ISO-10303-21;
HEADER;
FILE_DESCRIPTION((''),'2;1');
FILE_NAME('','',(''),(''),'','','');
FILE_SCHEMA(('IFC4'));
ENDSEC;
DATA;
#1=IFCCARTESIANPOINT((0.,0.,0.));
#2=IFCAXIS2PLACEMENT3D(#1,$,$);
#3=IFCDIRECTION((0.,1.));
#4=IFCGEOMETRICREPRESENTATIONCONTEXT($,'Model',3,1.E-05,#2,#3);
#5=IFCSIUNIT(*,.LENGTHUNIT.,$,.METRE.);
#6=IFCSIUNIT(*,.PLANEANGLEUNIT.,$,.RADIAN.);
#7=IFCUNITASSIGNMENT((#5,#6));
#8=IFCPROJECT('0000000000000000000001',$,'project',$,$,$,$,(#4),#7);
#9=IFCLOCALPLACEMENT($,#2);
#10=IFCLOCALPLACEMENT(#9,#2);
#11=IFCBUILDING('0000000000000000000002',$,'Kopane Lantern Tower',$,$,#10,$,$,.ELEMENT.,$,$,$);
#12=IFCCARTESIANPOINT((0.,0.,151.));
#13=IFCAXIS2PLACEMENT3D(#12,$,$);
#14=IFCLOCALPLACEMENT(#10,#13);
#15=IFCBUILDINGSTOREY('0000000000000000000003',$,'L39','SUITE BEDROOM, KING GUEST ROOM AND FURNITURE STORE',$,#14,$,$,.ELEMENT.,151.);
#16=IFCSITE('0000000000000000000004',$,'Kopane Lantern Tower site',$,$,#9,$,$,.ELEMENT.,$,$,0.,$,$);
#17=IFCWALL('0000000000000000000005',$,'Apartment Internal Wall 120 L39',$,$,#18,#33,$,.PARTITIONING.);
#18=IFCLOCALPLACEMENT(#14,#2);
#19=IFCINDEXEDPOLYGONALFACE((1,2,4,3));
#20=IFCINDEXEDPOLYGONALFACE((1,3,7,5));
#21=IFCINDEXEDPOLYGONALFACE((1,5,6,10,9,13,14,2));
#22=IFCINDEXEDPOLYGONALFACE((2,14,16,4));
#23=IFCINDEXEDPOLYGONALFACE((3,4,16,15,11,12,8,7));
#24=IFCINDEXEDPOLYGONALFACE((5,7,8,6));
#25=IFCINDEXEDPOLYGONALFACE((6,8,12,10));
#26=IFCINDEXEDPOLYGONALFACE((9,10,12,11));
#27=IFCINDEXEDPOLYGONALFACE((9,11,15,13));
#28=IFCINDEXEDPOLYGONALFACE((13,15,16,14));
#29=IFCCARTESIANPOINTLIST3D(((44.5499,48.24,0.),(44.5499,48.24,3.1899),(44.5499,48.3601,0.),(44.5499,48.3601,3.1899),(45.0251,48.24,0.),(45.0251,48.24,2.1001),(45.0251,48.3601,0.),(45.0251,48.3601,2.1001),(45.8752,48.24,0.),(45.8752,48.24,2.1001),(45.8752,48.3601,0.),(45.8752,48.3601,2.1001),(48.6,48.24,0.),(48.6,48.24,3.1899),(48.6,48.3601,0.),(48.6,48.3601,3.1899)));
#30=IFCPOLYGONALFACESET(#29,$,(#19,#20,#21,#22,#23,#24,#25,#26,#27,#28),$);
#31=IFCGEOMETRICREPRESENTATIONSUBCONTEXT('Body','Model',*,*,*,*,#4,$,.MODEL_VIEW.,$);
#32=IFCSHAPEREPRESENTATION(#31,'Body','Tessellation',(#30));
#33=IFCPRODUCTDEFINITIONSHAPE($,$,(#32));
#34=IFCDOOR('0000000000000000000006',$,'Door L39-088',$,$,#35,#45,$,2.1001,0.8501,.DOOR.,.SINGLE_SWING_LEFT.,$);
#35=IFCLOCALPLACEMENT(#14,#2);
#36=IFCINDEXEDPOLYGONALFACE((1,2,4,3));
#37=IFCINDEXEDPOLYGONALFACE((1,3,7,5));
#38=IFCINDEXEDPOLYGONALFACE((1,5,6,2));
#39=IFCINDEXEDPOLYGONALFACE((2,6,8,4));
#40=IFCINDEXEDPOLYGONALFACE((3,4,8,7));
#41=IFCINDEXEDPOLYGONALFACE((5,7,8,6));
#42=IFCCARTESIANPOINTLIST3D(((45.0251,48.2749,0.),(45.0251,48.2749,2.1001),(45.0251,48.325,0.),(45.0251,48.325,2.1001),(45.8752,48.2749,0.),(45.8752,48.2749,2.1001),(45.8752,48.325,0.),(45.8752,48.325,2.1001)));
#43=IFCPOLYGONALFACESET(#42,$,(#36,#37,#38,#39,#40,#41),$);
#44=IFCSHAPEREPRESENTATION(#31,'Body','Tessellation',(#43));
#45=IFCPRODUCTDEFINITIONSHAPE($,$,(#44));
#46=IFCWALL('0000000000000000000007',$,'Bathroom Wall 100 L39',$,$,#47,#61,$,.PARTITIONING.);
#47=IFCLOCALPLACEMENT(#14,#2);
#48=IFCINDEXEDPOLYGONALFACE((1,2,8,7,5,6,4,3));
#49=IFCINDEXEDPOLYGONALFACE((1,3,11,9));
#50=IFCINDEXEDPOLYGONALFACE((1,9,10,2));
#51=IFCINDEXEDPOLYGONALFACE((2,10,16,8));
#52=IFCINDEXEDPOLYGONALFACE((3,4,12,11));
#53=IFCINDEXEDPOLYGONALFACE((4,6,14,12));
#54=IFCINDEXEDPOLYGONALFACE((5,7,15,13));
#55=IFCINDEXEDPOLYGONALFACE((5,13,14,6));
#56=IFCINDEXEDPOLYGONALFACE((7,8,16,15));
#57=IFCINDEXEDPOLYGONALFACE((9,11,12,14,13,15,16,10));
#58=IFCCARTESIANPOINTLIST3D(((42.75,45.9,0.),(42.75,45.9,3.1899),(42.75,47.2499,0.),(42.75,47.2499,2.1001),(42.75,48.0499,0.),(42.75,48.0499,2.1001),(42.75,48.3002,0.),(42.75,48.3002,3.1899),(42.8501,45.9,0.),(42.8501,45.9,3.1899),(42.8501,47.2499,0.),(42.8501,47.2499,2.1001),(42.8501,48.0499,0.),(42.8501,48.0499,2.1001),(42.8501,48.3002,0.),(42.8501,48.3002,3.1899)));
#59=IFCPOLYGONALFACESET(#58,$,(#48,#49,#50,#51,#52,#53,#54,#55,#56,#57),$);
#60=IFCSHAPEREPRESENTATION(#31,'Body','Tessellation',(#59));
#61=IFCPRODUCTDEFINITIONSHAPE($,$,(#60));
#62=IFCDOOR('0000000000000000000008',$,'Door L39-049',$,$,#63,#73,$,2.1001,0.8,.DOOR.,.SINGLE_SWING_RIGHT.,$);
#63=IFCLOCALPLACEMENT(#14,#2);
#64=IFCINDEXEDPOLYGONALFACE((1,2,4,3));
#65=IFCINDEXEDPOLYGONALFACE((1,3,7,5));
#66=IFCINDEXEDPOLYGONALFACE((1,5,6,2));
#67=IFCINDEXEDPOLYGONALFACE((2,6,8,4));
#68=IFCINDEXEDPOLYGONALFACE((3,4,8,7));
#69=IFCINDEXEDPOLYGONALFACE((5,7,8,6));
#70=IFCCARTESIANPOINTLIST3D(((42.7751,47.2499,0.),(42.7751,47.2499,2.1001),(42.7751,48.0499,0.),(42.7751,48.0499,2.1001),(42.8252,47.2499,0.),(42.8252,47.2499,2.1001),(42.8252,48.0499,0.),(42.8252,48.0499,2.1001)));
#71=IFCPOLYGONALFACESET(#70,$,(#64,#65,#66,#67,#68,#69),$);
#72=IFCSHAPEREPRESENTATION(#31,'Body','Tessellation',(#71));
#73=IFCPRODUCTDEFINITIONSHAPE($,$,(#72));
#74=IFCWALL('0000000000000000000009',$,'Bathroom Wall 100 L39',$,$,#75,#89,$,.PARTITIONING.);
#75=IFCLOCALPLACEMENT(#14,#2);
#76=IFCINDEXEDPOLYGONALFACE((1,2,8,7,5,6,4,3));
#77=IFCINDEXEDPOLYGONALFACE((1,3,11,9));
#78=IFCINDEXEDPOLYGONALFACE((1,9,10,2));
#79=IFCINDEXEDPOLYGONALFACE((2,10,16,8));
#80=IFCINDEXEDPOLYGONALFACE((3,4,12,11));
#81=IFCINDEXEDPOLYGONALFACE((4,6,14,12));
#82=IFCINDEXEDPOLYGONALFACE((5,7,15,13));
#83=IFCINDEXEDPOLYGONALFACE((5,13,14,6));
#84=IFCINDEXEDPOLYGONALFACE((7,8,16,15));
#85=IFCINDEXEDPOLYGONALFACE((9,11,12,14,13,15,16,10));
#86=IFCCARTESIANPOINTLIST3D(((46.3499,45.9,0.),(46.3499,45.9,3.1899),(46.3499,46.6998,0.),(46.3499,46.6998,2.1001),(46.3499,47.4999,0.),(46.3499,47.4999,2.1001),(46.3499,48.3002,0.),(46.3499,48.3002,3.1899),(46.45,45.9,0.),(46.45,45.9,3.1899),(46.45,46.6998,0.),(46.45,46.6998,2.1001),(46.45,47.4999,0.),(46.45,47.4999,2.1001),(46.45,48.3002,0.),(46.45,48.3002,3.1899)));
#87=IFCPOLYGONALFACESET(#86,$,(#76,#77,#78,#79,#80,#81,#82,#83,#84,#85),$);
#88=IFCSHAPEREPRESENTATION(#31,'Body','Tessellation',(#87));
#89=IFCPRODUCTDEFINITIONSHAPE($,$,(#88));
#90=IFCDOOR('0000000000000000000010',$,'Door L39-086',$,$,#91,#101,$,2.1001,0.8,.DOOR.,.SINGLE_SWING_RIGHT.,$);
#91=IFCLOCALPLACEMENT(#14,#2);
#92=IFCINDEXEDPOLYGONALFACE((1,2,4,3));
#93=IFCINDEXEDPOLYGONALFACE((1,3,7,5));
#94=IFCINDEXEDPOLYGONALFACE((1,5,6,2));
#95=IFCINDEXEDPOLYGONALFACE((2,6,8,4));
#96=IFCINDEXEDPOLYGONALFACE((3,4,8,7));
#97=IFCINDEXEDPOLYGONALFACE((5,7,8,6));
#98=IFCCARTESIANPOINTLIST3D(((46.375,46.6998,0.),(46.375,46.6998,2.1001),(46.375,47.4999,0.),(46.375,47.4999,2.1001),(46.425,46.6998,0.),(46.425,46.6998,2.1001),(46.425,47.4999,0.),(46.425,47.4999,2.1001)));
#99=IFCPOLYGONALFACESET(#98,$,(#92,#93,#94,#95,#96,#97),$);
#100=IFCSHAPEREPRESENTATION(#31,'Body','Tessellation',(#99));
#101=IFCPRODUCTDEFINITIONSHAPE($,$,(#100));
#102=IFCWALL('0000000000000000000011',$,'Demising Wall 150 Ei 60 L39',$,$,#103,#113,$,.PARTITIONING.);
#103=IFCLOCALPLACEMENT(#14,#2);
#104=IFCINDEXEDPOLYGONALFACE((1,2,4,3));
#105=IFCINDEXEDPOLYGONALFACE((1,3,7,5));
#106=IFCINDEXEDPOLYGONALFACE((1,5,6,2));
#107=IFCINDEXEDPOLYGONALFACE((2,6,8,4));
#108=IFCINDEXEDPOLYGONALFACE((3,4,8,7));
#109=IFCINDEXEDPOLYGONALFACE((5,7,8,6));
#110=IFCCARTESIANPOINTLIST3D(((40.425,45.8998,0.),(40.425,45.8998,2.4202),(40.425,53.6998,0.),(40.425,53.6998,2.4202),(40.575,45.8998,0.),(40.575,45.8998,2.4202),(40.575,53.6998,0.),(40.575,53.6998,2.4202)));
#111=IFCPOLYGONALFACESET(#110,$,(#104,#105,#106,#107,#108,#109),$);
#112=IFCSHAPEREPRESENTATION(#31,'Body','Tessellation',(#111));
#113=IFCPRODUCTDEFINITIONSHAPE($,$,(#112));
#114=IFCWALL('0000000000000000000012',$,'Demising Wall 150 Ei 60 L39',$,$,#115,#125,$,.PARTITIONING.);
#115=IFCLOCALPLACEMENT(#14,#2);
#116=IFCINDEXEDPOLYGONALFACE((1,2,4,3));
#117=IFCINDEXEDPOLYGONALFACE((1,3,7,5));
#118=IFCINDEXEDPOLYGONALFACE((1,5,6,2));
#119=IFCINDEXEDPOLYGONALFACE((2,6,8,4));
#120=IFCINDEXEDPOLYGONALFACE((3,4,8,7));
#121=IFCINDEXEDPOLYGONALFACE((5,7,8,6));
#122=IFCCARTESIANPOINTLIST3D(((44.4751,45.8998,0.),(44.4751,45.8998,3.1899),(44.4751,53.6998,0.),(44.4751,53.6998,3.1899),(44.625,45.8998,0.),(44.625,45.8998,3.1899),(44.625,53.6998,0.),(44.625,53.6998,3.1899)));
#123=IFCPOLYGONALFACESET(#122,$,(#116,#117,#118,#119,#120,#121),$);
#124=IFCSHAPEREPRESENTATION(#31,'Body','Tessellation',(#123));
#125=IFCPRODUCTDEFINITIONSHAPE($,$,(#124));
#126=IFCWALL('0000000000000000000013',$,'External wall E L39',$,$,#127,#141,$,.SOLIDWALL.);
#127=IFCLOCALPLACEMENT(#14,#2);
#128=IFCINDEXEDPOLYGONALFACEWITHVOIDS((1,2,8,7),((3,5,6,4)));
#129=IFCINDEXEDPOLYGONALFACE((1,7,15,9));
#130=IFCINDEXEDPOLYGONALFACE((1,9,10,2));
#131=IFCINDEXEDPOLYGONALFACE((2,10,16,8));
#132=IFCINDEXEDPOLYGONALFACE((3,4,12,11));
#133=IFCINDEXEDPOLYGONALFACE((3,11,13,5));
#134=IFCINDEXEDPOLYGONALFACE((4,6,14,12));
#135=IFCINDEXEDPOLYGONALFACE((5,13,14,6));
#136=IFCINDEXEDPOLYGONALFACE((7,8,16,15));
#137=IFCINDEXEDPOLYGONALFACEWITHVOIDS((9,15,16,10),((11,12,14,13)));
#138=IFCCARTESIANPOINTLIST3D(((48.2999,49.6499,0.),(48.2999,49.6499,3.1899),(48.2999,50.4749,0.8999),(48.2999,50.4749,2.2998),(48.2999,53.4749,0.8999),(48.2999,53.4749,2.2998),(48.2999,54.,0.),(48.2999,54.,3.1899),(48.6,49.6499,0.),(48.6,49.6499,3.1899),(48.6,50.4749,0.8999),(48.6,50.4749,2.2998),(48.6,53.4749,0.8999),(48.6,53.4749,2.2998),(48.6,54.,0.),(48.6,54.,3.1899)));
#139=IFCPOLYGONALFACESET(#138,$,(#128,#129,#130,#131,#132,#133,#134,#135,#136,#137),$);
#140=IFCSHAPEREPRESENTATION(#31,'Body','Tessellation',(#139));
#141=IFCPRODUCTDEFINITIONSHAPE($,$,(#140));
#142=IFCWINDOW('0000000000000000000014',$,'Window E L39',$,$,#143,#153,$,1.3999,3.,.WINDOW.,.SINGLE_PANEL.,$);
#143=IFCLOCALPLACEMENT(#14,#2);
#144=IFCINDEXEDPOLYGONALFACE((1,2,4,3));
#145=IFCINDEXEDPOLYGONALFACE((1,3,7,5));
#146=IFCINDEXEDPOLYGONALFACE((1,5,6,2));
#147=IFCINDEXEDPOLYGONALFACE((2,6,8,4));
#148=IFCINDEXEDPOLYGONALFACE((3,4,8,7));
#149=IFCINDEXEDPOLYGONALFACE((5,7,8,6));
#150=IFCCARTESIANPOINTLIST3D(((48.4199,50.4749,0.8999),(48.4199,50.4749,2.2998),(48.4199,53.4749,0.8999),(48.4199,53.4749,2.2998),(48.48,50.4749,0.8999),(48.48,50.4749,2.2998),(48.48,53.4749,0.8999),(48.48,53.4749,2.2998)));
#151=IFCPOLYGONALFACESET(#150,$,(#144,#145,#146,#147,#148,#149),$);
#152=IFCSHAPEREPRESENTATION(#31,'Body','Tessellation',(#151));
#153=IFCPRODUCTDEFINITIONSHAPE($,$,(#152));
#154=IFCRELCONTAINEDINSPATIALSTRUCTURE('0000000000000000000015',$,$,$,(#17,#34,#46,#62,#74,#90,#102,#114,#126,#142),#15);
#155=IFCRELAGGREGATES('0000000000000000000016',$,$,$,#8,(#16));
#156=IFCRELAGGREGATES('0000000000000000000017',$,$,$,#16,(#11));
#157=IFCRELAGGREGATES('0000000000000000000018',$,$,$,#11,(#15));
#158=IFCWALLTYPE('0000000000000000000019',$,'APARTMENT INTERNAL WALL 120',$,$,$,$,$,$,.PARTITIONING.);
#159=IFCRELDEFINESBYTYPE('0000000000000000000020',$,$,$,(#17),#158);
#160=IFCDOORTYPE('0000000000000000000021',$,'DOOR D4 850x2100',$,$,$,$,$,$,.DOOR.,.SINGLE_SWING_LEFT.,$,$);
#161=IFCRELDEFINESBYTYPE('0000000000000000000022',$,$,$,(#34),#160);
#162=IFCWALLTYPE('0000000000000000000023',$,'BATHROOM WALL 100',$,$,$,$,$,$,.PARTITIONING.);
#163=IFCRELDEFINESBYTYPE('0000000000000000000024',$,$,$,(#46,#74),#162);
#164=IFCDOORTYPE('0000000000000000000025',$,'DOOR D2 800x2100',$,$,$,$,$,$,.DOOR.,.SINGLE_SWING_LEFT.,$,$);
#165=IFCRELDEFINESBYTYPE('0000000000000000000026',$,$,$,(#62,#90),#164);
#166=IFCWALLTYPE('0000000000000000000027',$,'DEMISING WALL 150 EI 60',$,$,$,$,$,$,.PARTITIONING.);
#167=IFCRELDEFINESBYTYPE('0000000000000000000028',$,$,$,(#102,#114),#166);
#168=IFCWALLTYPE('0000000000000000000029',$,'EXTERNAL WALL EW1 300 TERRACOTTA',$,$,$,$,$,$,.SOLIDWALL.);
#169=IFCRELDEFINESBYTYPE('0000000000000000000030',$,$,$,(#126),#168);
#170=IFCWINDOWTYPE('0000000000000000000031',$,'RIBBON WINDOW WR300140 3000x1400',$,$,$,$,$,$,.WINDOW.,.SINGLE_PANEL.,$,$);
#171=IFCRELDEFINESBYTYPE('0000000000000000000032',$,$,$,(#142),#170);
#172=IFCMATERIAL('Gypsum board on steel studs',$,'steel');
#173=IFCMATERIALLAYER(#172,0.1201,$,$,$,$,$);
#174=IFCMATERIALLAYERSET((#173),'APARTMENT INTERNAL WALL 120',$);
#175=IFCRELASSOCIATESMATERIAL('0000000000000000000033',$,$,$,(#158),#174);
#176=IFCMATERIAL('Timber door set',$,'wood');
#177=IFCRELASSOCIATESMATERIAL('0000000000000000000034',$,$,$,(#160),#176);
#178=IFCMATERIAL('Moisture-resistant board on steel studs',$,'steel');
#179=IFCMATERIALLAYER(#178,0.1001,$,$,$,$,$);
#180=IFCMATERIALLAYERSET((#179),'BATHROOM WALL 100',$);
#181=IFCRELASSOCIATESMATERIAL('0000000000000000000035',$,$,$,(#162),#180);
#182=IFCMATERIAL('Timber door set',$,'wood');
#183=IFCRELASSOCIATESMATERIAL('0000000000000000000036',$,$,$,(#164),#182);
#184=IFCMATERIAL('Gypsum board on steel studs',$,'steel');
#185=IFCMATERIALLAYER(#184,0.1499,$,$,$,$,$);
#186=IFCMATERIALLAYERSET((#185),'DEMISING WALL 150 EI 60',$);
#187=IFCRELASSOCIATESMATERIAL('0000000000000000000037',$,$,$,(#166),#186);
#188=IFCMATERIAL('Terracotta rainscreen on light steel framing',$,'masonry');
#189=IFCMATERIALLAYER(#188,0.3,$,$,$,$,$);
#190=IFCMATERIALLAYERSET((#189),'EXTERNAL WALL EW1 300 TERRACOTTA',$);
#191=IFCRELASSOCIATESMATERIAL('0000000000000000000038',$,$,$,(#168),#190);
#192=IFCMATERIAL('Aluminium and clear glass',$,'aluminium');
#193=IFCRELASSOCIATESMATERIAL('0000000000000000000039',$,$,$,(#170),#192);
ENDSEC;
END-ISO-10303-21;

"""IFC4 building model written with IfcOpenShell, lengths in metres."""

from ifc_helpers import new_model, si_unit, direction, frame, frame_2d, origin, place, context, subcontext, project, spatial, rectangle, extrude, material, layer, layer_set, type_object, element, fill, save


model = new_model("IFC4")

# Units and contexts
model_context = context("Model", 3, precision=1e-05, world=origin(), true_north=direction((0.0, 1.0)))
body_context = subcontext(model_context, "Body", "Model", "MODEL_VIEW")
ifc_project = project(units=[si_unit("LENGTHUNIT", "METRE"), si_unit("PLANEANGLEUNIT", "RADIAN")], contexts=[model_context])

# Site, building, storey
site_placement = place(None, origin())
site = spatial("IfcSite", under=ifc_project, at=site_placement, Name="Kopane Lantern Tower site", CompositionType="ELEMENT", RefElevation=0.0)
building_placement = place(site_placement, origin())
building = spatial("IfcBuilding", under=site, at=building_placement, Name="Kopane Lantern Tower", CompositionType="ELEMENT")
storey_placement = place(building_placement, frame((0.0, 0.0, 151.0)))
storey = spatial("IfcBuildingStorey", under=building, at=storey_placement, Name="L39", Description="SUITE BEDROOM, KING GUEST ROOM AND FURNITURE STORE", CompositionType="ELEMENT", Elevation=151.0)

# Walls, openings, doors
ifc_material_1 = material(Name="Gypsum board on steel studs", Category="steel")
ifc_layer_1 = layer(ifc_material_1, 0.1201)
ifc_layer_set_1 = layer_set([ifc_layer_1], Name="APARTMENT INTERNAL WALL 120")
wall_type_1 = type_object("IfcWallType", Name="APARTMENT INTERNAL WALL 120", PredefinedType="PARTITIONING", material=ifc_layer_set_1)
wall_1_placement = place(storey_placement, frame((44.55, 48.3, 0.0), z_axis=(0.0, 0.0, 1.0), x_axis=(1.0, 0.0, 0.0)))
wall_1 = element("IfcWall", 1, at=wall_1_placement, inside=storey, type_object=wall_type_1, Name="Apartment Internal Wall 120 L39", PredefinedType="PARTITIONING", context=body_context, shape_type="SweptSolid", body=[
    extrude(rectangle(XDim=4.05, YDim=0.1201, at=frame_2d((2.0249, 0.0))), origin(), (0.0, 0.0, 1.0), 3.1899),
])
opening_1_placement = place(wall_1_placement, frame((0.4751, 0.0, 0.0)))
opening_1 = element("IfcOpeningElement", 2, at=opening_1_placement, cuts=wall_1, PredefinedType="OPENING", context=body_context, shape_type="SweptSolid", body=[
    extrude(rectangle(XDim=0.8501, YDim=2.1001, at=frame_2d((0.425, 1.05))), frame((0.0, 0.0701, 0.0), z_axis=(0.0, -1.0, 0.0), x_axis=(1.0, 0.0, 0.0)), (0.0, 0.0, 1.0), 0.1401),
])
ifc_material_2 = material(Name="Timber door set", Category="wood")
door_type_1 = type_object("IfcDoorType", Name="DOOR D4 850x2100", OperationType="SINGLE_SWING_LEFT", PredefinedType="DOOR", material=ifc_material_2)
door_1_placement = place(opening_1_placement, origin())
door_1 = element("IfcDoor", 3, at=door_1_placement, inside=storey, type_object=door_type_1, Name="Door L39-088", OperationType="SINGLE_SWING_LEFT", OverallHeight=2.1001, OverallWidth=0.8501, PredefinedType="DOOR", context=body_context, shape_type="SweptSolid", body=[
    extrude(rectangle(XDim=0.8501, YDim=2.1001, at=frame_2d((0.425, 1.05))), frame((0.0, 0.0249, 0.0), z_axis=(0.0, -1.0, 0.0), x_axis=(1.0, 0.0, 0.0)), (0.0, 0.0, 1.0), 0.05),
])
fill(opening_1, door_1)
ifc_material_3 = material(Name="Moisture-resistant board on steel studs", Category="steel")
ifc_layer_2 = layer(ifc_material_3, 0.1001)
ifc_layer_set_2 = layer_set([ifc_layer_2], Name="BATHROOM WALL 100")
wall_type_2 = type_object("IfcWallType", Name="BATHROOM WALL 100", PredefinedType="PARTITIONING", material=ifc_layer_set_2)
wall_2_placement = place(storey_placement, frame((42.8, 45.8999, 0.0), z_axis=(0.0, 0.0, 1.0), x_axis=(0.0, 1.0, 0.0)))
wall_2 = element("IfcWall", 4, at=wall_2_placement, inside=storey, type_object=wall_type_2, Name="Bathroom Wall 100 L39", PredefinedType="PARTITIONING", context=body_context, shape_type="SweptSolid", body=[
    extrude(rectangle(XDim=2.4001, YDim=0.1001, at=frame_2d((1.2002, 0.0))), origin(), (0.0, 0.0, 1.0), 3.1899),
])
opening_2_placement = place(wall_2_placement, frame((1.3501, 0.0, 0.0)))
opening_2 = element("IfcOpeningElement", 5, at=opening_2_placement, cuts=wall_2, PredefinedType="OPENING", context=body_context, shape_type="SweptSolid", body=[
    extrude(rectangle(XDim=0.8, YDim=2.1001, at=frame_2d((0.3999, 1.05))), frame((0.0, 0.0601, 0.0), z_axis=(0.0, -1.0, 0.0), x_axis=(1.0, 0.0, 0.0)), (0.0, 0.0, 1.0), 0.1201),
])
ifc_material_4 = material(Name="Timber door set", Category="wood")
door_type_2 = type_object("IfcDoorType", Name="DOOR D2 800x2100", OperationType="SINGLE_SWING_LEFT", PredefinedType="DOOR", material=ifc_material_4)
door_2_placement = place(opening_2_placement, origin())
door_2 = element("IfcDoor", 6, at=door_2_placement, inside=storey, type_object=door_type_2, Name="Door L39-049", OperationType="SINGLE_SWING_RIGHT", OverallHeight=2.1001, OverallWidth=0.8, PredefinedType="DOOR", context=body_context, shape_type="SweptSolid", body=[
    extrude(rectangle(XDim=0.8, YDim=2.1001, at=frame_2d((0.3999, 1.05))), frame((0.0, 0.0249, 0.0), z_axis=(0.0, -1.0, 0.0), x_axis=(1.0, 0.0, 0.0)), (0.0, 0.0, 1.0), 0.05),
])
fill(opening_2, door_2)
wall_3_placement = place(storey_placement, frame((46.3999, 45.8999, 0.0), z_axis=(0.0, 0.0, 1.0), x_axis=(0.0, 1.0, 0.0)))
wall_3 = element("IfcWall", 7, at=wall_3_placement, inside=storey, type_object=wall_type_2, Name="Bathroom Wall 100 L39", PredefinedType="PARTITIONING", context=body_context, shape_type="SweptSolid", body=[
    extrude(rectangle(XDim=2.4001, YDim=0.1001, at=frame_2d((1.2002, 0.0))), origin(), (0.0, 0.0, 1.0), 3.1899),
])
opening_3_placement = place(wall_3_placement, frame((0.8, 0.0, 0.0)))
opening_3 = element("IfcOpeningElement", 8, at=opening_3_placement, cuts=wall_3, PredefinedType="OPENING", context=body_context, shape_type="SweptSolid", body=[
    extrude(rectangle(XDim=0.8, YDim=2.1001, at=frame_2d((0.3999, 1.05))), frame((0.0, 0.0601, 0.0), z_axis=(0.0, -1.0, 0.0), x_axis=(1.0, 0.0, 0.0)), (0.0, 0.0, 1.0), 0.1201),
])
door_3_placement = place(opening_3_placement, origin())
door_3 = element("IfcDoor", 9, at=door_3_placement, inside=storey, type_object=door_type_2, Name="Door L39-086", OperationType="SINGLE_SWING_RIGHT", OverallHeight=2.1001, OverallWidth=0.8, PredefinedType="DOOR", context=body_context, shape_type="SweptSolid", body=[
    extrude(rectangle(XDim=0.8, YDim=2.1001, at=frame_2d((0.3999, 1.05))), frame((0.0, 0.0249, 0.0), z_axis=(0.0, -1.0, 0.0), x_axis=(1.0, 0.0, 0.0)), (0.0, 0.0, 1.0), 0.05),
])
fill(opening_3, door_3)

# Walls
ifc_material_5 = material(Name="Gypsum board on steel studs", Category="steel")
ifc_layer_3 = layer(ifc_material_5, 0.1499)
ifc_layer_set_3 = layer_set([ifc_layer_3], Name="DEMISING WALL 150 EI 60")
wall_type_3 = type_object("IfcWallType", Name="DEMISING WALL 150 EI 60", PredefinedType="PARTITIONING", material=ifc_layer_set_3)
wall_4_placement = place(storey_placement, frame((40.5, 45.8999, 0.0), z_axis=(0.0, 0.0, 1.0), x_axis=(0.0, 1.0, 0.0)))
element("IfcWall", 10, at=wall_4_placement, inside=storey, type_object=wall_type_3, Name="Demising Wall 150 Ei 60 L39", PredefinedType="PARTITIONING", context=body_context, shape_type="SweptSolid", body=[
    extrude(rectangle(XDim=7.8, YDim=0.1499, at=frame_2d((3.8999, 0.0))), origin(), (0.0, 0.0, 1.0), 2.4202),
])
wall_5_placement = place(storey_placement, frame((44.55, 45.8999, 0.0), z_axis=(0.0, 0.0, 1.0), x_axis=(0.0, 1.0, 0.0)))
element("IfcWall", 11, at=wall_5_placement, inside=storey, type_object=wall_type_3, Name="Demising Wall 150 Ei 60 L39", PredefinedType="PARTITIONING", context=body_context, shape_type="SweptSolid", body=[
    extrude(rectangle(XDim=7.8, YDim=0.1499, at=frame_2d((3.8999, 0.0))), origin(), (0.0, 0.0, 1.0), 3.1899),
])

# Wall, opening, window
ifc_material_6 = material(Name="Terracotta rainscreen on light steel framing", Category="masonry")
ifc_layer_4 = layer(ifc_material_6, 0.3)
ifc_layer_set_4 = layer_set([ifc_layer_4], Name="EXTERNAL WALL EW1 300 TERRACOTTA")
wall_type_4 = type_object("IfcWallType", Name="EXTERNAL WALL EW1 300 TERRACOTTA", PredefinedType="SOLIDWALL", material=ifc_layer_set_4)
wall_6_placement = place(storey_placement, frame((48.45, 49.6499, 0.0), z_axis=(0.0, 0.0, 1.0), x_axis=(0.0, 1.0, 0.0)))
wall_6 = element("IfcWall", 12, at=wall_6_placement, inside=storey, type_object=wall_type_4, Name="External wall E L39", PredefinedType="SOLIDWALL", context=body_context, shape_type="SweptSolid", body=[
    extrude(rectangle(XDim=4.3501, YDim=0.3, at=frame_2d((2.175, 0.0))), origin(), (0.0, 0.0, 1.0), 3.1899),
])
opening_4_placement = place(wall_6_placement, frame((0.825, 0.0, 0.8999)))
opening_4 = element("IfcOpeningElement", 13, at=opening_4_placement, cuts=wall_6, PredefinedType="OPENING", context=body_context, shape_type="SweptSolid", body=[
    extrude(rectangle(XDim=3.0, YDim=1.3999, at=frame_2d((1.5, 0.7))), frame((0.0, 0.1599, 0.0), z_axis=(0.0, -1.0, 0.0), x_axis=(1.0, 0.0, 0.0)), (0.0, 0.0, 1.0), 0.3201),
])
ifc_material_7 = material(Name="Aluminium and clear glass", Category="aluminium")
window_type = type_object("IfcWindowType", Name="RIBBON WINDOW WR300140 3000x1400", PartitioningType="SINGLE_PANEL", PredefinedType="WINDOW", material=ifc_material_7)
window_1_placement = place(opening_4_placement, origin())
window_1 = element("IfcWindow", 14, at=window_1_placement, inside=storey, type_object=window_type, Name="Window E L39", OverallHeight=1.3999, OverallWidth=3.0, PartitioningType="SINGLE_PANEL", PredefinedType="WINDOW", context=body_context, shape_type="SweptSolid", body=[
    extrude(rectangle(XDim=3.0, YDim=1.3999, at=frame_2d((1.5, 0.7))), frame((0.0, 0.03, 0.0), z_axis=(0.0, -1.0, 0.0), x_axis=(1.0, 0.0, 0.0)), (0.0, 0.0, 1.0), 0.0601),
])
fill(opening_4, window_1)

save(model, "model.ifc")
